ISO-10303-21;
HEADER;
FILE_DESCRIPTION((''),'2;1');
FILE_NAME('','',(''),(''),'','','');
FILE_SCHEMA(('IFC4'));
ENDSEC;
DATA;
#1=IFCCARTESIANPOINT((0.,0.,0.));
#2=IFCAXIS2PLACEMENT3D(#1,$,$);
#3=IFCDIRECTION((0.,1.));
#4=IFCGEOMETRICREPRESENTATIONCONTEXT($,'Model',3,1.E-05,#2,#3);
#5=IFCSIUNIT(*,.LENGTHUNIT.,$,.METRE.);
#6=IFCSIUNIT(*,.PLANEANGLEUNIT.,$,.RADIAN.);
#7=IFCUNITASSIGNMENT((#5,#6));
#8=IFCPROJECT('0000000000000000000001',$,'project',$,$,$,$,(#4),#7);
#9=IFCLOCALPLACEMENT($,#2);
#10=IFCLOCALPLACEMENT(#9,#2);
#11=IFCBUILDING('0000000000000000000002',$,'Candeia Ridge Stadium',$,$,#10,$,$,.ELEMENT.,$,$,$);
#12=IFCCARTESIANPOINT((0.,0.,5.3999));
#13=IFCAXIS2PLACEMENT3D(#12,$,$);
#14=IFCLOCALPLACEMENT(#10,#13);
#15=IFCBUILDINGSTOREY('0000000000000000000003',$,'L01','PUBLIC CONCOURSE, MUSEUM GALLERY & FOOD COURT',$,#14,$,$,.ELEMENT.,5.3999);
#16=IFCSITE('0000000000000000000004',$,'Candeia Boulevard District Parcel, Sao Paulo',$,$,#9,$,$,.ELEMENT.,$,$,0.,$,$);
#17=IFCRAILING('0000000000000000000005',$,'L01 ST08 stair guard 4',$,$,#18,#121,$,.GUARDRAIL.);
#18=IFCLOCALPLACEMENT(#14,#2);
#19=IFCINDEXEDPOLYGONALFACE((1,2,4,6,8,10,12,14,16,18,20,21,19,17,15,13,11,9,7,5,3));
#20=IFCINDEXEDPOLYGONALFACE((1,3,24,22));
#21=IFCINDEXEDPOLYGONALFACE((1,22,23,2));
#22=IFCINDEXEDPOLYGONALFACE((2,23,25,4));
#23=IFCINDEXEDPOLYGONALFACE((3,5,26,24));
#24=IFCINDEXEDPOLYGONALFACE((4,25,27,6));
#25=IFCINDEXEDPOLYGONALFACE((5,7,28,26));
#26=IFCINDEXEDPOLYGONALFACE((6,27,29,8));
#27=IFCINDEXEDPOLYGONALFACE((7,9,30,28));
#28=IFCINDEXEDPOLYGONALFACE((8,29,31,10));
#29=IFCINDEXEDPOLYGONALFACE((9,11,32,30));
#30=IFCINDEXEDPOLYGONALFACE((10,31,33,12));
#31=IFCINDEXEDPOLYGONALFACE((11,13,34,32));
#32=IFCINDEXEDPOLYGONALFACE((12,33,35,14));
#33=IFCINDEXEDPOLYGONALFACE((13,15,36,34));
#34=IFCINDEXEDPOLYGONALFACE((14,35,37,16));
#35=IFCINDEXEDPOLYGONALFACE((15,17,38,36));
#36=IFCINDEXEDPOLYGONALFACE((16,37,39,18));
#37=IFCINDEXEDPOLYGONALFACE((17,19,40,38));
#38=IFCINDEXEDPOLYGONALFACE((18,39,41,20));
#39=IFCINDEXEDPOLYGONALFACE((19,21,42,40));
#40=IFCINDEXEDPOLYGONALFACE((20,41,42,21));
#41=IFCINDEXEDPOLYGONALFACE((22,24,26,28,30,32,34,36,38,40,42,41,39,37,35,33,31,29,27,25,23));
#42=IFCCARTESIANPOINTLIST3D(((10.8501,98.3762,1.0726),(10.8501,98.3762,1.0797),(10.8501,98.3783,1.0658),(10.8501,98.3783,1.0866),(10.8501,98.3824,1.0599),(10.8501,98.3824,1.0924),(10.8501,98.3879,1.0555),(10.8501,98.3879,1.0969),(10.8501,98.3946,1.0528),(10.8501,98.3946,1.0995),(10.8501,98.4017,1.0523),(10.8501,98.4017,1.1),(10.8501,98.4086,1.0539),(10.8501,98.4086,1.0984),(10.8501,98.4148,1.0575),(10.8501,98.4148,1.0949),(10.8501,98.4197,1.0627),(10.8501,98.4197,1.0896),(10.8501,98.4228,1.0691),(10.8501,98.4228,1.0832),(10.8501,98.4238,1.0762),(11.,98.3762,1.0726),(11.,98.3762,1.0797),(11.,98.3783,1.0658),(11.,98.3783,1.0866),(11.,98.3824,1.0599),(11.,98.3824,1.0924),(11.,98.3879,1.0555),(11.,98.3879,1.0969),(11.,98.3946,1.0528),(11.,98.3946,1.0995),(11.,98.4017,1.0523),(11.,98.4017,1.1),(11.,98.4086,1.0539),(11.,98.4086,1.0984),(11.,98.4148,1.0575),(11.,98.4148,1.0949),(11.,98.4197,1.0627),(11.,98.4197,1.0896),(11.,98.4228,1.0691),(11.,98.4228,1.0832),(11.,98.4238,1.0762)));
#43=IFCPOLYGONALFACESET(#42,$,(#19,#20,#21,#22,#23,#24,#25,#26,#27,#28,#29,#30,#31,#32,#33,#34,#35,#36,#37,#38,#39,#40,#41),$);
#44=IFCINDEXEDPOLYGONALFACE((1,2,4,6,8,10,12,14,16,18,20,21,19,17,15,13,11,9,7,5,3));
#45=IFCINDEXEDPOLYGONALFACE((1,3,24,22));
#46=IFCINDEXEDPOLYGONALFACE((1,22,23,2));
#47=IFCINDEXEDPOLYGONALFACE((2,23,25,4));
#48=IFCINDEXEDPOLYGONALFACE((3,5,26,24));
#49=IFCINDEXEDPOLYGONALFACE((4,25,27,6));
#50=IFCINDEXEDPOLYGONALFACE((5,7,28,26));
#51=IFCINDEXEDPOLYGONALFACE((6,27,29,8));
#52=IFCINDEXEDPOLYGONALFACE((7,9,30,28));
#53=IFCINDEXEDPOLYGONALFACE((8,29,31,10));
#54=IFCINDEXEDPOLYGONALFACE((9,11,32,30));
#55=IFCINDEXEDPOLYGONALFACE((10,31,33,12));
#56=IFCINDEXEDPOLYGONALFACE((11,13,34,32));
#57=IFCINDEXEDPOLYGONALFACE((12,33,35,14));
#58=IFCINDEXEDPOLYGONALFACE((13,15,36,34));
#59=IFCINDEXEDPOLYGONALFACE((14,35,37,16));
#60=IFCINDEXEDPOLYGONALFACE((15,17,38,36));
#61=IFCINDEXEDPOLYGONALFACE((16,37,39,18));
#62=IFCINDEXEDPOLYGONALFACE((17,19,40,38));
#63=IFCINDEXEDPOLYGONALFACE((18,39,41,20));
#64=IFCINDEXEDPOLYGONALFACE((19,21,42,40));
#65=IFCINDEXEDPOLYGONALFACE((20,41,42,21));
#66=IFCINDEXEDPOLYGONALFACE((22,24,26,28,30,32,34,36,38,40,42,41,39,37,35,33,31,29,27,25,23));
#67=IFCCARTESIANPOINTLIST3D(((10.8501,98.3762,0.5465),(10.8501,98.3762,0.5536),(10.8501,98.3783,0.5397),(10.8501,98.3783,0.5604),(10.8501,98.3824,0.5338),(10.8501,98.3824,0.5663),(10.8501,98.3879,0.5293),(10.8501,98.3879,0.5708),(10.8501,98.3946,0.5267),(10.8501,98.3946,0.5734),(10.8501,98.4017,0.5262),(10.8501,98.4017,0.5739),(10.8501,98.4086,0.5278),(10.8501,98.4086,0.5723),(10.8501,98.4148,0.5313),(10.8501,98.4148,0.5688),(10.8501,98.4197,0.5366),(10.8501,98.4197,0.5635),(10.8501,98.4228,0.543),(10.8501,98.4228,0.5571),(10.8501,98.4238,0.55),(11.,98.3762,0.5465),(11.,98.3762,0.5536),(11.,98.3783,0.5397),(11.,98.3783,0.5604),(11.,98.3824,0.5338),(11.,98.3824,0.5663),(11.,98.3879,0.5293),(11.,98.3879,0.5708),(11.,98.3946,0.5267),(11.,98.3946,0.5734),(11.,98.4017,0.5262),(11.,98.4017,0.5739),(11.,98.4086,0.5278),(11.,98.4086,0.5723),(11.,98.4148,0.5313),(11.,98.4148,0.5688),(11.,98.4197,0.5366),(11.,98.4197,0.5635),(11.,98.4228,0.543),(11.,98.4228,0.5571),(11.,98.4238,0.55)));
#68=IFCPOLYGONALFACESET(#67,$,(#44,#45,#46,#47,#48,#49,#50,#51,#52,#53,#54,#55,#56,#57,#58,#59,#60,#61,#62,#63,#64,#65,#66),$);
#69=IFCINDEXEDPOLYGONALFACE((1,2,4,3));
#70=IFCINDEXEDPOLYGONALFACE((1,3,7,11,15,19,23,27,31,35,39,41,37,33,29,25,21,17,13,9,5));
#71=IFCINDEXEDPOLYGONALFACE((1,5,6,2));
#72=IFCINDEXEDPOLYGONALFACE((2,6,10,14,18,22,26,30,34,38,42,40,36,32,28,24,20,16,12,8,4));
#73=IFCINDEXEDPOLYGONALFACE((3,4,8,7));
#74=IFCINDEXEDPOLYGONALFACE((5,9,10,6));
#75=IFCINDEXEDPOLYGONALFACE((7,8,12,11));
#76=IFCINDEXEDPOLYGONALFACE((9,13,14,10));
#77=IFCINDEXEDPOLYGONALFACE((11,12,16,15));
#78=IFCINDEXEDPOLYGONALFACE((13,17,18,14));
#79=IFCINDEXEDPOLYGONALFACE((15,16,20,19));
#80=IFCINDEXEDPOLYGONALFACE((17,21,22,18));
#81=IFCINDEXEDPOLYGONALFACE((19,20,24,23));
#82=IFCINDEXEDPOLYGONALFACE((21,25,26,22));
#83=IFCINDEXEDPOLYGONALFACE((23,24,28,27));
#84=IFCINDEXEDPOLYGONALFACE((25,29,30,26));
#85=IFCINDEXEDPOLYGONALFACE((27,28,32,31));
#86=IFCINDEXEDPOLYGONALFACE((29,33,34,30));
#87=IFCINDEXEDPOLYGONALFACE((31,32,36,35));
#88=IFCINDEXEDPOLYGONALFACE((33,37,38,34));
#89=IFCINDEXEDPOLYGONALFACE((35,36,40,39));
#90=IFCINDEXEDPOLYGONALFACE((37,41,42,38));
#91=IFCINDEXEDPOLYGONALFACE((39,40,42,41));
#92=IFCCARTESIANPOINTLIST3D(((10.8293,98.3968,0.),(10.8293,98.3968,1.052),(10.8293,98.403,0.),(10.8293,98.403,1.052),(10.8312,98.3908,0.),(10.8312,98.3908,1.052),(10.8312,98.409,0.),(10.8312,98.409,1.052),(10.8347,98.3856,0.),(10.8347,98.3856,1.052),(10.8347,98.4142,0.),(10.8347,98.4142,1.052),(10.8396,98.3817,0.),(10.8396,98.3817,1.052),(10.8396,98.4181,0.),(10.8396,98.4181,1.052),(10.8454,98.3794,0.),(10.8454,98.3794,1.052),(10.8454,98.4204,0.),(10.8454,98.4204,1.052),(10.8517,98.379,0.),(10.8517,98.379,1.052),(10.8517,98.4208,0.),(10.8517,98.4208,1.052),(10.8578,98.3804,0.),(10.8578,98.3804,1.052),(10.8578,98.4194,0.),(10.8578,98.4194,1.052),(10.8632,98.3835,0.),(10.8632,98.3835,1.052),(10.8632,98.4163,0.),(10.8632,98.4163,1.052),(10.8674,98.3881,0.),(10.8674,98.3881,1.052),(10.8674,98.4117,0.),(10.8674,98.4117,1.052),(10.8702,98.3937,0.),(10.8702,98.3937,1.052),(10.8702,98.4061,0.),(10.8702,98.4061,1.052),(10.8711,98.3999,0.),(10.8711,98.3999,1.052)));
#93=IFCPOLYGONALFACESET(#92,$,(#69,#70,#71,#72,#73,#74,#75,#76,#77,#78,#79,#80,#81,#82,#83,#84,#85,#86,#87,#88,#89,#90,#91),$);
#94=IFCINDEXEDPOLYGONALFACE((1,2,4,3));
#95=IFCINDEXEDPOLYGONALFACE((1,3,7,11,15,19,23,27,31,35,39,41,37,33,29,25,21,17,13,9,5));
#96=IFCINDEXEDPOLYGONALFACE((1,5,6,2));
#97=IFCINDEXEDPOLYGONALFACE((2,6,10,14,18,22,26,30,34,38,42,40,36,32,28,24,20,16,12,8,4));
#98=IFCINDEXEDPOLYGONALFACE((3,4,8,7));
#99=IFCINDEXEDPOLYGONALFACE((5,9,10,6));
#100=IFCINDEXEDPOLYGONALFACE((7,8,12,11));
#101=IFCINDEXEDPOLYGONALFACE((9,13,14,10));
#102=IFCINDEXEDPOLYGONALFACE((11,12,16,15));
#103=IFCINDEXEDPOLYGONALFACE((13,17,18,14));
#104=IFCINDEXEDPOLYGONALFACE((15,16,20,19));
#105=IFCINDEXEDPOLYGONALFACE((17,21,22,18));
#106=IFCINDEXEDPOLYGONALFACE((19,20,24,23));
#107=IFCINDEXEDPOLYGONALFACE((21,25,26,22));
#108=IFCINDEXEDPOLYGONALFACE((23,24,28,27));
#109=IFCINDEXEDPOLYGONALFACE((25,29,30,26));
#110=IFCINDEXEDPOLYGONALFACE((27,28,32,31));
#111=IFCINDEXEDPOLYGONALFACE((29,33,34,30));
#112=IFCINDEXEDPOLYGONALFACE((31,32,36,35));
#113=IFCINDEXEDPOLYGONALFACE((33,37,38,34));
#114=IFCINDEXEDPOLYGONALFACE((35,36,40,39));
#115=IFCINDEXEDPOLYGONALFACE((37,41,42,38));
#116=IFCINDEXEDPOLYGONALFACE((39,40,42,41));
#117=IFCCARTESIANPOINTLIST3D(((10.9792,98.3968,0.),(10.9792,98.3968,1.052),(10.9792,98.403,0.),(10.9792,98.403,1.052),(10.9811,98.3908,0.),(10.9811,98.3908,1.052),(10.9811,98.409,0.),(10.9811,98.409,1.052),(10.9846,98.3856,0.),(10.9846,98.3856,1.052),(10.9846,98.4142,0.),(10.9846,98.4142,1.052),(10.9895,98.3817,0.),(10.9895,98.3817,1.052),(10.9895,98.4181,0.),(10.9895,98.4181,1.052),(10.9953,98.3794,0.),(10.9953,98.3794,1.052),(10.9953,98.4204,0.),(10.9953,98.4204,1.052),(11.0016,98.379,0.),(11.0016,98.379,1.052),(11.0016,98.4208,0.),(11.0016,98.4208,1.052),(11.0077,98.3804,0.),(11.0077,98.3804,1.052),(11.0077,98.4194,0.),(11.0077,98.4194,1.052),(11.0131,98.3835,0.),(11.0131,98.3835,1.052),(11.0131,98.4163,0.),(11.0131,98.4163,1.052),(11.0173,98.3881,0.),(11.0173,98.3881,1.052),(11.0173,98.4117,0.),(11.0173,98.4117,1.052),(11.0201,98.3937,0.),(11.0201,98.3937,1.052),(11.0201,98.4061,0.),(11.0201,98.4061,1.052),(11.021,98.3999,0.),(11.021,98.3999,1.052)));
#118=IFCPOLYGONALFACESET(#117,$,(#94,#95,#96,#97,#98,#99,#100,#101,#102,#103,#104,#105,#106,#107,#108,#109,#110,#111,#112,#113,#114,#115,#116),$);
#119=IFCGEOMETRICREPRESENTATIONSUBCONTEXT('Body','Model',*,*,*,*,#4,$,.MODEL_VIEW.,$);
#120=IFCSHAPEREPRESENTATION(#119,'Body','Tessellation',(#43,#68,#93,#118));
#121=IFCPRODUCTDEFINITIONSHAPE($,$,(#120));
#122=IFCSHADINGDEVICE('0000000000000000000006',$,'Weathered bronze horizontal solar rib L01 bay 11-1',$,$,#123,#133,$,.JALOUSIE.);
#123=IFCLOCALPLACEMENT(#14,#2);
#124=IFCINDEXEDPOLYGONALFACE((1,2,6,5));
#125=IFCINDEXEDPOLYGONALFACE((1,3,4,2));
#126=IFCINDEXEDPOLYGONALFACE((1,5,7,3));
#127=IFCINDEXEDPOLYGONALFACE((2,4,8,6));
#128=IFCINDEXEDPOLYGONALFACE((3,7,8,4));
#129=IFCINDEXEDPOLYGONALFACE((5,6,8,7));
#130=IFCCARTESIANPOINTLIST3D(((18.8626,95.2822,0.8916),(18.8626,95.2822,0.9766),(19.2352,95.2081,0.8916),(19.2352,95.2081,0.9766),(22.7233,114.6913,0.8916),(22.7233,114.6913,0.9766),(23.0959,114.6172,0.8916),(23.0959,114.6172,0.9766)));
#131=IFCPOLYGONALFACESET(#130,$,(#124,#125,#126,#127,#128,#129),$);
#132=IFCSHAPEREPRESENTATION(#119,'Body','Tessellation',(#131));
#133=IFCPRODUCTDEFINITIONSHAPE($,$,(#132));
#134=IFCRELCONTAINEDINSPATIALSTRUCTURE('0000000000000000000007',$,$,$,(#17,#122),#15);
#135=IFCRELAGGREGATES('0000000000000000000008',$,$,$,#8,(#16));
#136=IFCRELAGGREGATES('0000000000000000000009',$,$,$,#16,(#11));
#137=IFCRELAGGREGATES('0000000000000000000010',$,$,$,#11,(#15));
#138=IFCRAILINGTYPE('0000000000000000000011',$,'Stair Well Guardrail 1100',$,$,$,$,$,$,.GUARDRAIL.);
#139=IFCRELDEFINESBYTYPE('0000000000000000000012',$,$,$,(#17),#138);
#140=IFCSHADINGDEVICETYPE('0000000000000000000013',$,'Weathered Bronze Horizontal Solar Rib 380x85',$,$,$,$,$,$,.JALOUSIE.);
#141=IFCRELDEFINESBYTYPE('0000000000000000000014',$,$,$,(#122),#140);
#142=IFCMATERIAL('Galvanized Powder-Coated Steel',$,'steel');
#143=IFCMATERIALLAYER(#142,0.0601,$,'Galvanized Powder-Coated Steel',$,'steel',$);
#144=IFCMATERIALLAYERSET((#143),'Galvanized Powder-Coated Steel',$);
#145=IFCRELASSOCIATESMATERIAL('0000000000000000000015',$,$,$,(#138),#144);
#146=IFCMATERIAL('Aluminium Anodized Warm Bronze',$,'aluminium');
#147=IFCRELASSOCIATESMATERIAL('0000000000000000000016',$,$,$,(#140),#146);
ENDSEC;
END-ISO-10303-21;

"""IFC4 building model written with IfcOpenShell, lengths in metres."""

from ifc_helpers import new_model, si_unit, direction, frame, origin, origin_2d, place, context, subcontext, project, spatial, rectangle, circle, extrude, material, layer, layer_set, type_object, element, save


model = new_model("IFC4")

# Units and contexts
model_context = context("Model", 3, precision=1e-05, world=origin(), true_north=direction((0.0, 1.0)))
body_context = subcontext(model_context, "Body", "Model", "MODEL_VIEW")
ifc_project = project(units=[si_unit("LENGTHUNIT", "METRE"), si_unit("PLANEANGLEUNIT", "RADIAN")], contexts=[model_context])

# Site, building, storey
site_placement = place(None, origin())
site = spatial("IfcSite", under=ifc_project, at=site_placement, Name="Candeia Boulevard District Parcel, Sao Paulo", CompositionType="ELEMENT", RefElevation=0.0)
building_placement = place(site_placement, origin())
building = spatial("IfcBuilding", under=site, at=building_placement, Name="Candeia Ridge Stadium", CompositionType="ELEMENT")
storey_placement = place(building_placement, frame((0.0, 0.0, 5.3999)))
storey = spatial("IfcBuildingStorey", under=building, at=storey_placement, Name="L01", Description="PUBLIC CONCOURSE, MUSEUM GALLERY & FOOD COURT", CompositionType="ELEMENT", Elevation=5.3999)

# Shared definitions
ifc_material_1 = material(Name="Aluminium Anodized Warm Bronze", Category="aluminium")

# Railing
ifc_material_2 = material(Name="Galvanized Powder-Coated Steel", Category="steel")
ifc_layer_1 = layer(ifc_material_2, 0.0601, Name="Galvanized Powder-Coated Steel", Category="steel")
ifc_layer_set_1 = layer_set([ifc_layer_1], Name="Galvanized Powder-Coated Steel")
railing_type_1 = type_object("IfcRailingType", Name="Stair Well Guardrail 1100", PredefinedType="GUARDRAIL", material=ifc_layer_set_1)
railing_1_placement = place(storey_placement, frame((10.8501, 98.3999, 0.0)))
element("IfcRailing", 1, at=railing_1_placement, inside=storey, type_object=railing_type_1, Name="L01 ST08 stair guard 4", PredefinedType="GUARDRAIL", context=body_context, shape_type="SweptSolid", body=[
    extrude(circle(Radius=0.0239, at=origin_2d()), frame((0.0, 0.0, 1.0762), z_axis=(1.0, 0.0, 0.0), x_axis=(0.0, 1.0, 0.0)), (0.0, 0.0, 1.0), 0.1499),
    extrude(circle(Radius=0.0239, at=origin_2d()), frame((0.0, 0.0, 0.55), z_axis=(1.0, 0.0, 0.0), x_axis=(0.0, 1.0, 0.0)), (0.0, 0.0, 1.0), 0.1499),
    extrude(circle(Radius=0.021, at=origin_2d()), origin(), (0.0, 0.0, 1.0), 1.052),
    extrude(circle(Radius=0.021, at=origin_2d()), frame((0.1499, 0.0, 0.0)), (0.0, 0.0, 1.0), 1.052),
])

# Shading device
shading_device_type = type_object("IfcShadingDeviceType", Name="Weathered Bronze Horizontal Solar Rib 380x85", PredefinedType="JALOUSIE", material=ifc_material_1)
shading_device_placement = place(storey_placement, frame((20.9792, 104.9497, 0.8916), z_axis=(0.0, 0.0, 1.0), x_axis=(-0.19509, -0.980785, 0.0)))
element("IfcShadingDevice", 2, at=shading_device_placement, inside=storey, type_object=shading_device_type, Name="Weathered bronze horizontal solar rib L01 bay 11-1", PredefinedType="JALOUSIE", context=body_context, shape_type="SweptSolid", body=[
    extrude(rectangle(XDim=19.7893, YDim=0.3799, at=origin_2d()), origin(), (0.0, 0.0, 1.0), 0.085),
])

save(model, "model.ifc")
